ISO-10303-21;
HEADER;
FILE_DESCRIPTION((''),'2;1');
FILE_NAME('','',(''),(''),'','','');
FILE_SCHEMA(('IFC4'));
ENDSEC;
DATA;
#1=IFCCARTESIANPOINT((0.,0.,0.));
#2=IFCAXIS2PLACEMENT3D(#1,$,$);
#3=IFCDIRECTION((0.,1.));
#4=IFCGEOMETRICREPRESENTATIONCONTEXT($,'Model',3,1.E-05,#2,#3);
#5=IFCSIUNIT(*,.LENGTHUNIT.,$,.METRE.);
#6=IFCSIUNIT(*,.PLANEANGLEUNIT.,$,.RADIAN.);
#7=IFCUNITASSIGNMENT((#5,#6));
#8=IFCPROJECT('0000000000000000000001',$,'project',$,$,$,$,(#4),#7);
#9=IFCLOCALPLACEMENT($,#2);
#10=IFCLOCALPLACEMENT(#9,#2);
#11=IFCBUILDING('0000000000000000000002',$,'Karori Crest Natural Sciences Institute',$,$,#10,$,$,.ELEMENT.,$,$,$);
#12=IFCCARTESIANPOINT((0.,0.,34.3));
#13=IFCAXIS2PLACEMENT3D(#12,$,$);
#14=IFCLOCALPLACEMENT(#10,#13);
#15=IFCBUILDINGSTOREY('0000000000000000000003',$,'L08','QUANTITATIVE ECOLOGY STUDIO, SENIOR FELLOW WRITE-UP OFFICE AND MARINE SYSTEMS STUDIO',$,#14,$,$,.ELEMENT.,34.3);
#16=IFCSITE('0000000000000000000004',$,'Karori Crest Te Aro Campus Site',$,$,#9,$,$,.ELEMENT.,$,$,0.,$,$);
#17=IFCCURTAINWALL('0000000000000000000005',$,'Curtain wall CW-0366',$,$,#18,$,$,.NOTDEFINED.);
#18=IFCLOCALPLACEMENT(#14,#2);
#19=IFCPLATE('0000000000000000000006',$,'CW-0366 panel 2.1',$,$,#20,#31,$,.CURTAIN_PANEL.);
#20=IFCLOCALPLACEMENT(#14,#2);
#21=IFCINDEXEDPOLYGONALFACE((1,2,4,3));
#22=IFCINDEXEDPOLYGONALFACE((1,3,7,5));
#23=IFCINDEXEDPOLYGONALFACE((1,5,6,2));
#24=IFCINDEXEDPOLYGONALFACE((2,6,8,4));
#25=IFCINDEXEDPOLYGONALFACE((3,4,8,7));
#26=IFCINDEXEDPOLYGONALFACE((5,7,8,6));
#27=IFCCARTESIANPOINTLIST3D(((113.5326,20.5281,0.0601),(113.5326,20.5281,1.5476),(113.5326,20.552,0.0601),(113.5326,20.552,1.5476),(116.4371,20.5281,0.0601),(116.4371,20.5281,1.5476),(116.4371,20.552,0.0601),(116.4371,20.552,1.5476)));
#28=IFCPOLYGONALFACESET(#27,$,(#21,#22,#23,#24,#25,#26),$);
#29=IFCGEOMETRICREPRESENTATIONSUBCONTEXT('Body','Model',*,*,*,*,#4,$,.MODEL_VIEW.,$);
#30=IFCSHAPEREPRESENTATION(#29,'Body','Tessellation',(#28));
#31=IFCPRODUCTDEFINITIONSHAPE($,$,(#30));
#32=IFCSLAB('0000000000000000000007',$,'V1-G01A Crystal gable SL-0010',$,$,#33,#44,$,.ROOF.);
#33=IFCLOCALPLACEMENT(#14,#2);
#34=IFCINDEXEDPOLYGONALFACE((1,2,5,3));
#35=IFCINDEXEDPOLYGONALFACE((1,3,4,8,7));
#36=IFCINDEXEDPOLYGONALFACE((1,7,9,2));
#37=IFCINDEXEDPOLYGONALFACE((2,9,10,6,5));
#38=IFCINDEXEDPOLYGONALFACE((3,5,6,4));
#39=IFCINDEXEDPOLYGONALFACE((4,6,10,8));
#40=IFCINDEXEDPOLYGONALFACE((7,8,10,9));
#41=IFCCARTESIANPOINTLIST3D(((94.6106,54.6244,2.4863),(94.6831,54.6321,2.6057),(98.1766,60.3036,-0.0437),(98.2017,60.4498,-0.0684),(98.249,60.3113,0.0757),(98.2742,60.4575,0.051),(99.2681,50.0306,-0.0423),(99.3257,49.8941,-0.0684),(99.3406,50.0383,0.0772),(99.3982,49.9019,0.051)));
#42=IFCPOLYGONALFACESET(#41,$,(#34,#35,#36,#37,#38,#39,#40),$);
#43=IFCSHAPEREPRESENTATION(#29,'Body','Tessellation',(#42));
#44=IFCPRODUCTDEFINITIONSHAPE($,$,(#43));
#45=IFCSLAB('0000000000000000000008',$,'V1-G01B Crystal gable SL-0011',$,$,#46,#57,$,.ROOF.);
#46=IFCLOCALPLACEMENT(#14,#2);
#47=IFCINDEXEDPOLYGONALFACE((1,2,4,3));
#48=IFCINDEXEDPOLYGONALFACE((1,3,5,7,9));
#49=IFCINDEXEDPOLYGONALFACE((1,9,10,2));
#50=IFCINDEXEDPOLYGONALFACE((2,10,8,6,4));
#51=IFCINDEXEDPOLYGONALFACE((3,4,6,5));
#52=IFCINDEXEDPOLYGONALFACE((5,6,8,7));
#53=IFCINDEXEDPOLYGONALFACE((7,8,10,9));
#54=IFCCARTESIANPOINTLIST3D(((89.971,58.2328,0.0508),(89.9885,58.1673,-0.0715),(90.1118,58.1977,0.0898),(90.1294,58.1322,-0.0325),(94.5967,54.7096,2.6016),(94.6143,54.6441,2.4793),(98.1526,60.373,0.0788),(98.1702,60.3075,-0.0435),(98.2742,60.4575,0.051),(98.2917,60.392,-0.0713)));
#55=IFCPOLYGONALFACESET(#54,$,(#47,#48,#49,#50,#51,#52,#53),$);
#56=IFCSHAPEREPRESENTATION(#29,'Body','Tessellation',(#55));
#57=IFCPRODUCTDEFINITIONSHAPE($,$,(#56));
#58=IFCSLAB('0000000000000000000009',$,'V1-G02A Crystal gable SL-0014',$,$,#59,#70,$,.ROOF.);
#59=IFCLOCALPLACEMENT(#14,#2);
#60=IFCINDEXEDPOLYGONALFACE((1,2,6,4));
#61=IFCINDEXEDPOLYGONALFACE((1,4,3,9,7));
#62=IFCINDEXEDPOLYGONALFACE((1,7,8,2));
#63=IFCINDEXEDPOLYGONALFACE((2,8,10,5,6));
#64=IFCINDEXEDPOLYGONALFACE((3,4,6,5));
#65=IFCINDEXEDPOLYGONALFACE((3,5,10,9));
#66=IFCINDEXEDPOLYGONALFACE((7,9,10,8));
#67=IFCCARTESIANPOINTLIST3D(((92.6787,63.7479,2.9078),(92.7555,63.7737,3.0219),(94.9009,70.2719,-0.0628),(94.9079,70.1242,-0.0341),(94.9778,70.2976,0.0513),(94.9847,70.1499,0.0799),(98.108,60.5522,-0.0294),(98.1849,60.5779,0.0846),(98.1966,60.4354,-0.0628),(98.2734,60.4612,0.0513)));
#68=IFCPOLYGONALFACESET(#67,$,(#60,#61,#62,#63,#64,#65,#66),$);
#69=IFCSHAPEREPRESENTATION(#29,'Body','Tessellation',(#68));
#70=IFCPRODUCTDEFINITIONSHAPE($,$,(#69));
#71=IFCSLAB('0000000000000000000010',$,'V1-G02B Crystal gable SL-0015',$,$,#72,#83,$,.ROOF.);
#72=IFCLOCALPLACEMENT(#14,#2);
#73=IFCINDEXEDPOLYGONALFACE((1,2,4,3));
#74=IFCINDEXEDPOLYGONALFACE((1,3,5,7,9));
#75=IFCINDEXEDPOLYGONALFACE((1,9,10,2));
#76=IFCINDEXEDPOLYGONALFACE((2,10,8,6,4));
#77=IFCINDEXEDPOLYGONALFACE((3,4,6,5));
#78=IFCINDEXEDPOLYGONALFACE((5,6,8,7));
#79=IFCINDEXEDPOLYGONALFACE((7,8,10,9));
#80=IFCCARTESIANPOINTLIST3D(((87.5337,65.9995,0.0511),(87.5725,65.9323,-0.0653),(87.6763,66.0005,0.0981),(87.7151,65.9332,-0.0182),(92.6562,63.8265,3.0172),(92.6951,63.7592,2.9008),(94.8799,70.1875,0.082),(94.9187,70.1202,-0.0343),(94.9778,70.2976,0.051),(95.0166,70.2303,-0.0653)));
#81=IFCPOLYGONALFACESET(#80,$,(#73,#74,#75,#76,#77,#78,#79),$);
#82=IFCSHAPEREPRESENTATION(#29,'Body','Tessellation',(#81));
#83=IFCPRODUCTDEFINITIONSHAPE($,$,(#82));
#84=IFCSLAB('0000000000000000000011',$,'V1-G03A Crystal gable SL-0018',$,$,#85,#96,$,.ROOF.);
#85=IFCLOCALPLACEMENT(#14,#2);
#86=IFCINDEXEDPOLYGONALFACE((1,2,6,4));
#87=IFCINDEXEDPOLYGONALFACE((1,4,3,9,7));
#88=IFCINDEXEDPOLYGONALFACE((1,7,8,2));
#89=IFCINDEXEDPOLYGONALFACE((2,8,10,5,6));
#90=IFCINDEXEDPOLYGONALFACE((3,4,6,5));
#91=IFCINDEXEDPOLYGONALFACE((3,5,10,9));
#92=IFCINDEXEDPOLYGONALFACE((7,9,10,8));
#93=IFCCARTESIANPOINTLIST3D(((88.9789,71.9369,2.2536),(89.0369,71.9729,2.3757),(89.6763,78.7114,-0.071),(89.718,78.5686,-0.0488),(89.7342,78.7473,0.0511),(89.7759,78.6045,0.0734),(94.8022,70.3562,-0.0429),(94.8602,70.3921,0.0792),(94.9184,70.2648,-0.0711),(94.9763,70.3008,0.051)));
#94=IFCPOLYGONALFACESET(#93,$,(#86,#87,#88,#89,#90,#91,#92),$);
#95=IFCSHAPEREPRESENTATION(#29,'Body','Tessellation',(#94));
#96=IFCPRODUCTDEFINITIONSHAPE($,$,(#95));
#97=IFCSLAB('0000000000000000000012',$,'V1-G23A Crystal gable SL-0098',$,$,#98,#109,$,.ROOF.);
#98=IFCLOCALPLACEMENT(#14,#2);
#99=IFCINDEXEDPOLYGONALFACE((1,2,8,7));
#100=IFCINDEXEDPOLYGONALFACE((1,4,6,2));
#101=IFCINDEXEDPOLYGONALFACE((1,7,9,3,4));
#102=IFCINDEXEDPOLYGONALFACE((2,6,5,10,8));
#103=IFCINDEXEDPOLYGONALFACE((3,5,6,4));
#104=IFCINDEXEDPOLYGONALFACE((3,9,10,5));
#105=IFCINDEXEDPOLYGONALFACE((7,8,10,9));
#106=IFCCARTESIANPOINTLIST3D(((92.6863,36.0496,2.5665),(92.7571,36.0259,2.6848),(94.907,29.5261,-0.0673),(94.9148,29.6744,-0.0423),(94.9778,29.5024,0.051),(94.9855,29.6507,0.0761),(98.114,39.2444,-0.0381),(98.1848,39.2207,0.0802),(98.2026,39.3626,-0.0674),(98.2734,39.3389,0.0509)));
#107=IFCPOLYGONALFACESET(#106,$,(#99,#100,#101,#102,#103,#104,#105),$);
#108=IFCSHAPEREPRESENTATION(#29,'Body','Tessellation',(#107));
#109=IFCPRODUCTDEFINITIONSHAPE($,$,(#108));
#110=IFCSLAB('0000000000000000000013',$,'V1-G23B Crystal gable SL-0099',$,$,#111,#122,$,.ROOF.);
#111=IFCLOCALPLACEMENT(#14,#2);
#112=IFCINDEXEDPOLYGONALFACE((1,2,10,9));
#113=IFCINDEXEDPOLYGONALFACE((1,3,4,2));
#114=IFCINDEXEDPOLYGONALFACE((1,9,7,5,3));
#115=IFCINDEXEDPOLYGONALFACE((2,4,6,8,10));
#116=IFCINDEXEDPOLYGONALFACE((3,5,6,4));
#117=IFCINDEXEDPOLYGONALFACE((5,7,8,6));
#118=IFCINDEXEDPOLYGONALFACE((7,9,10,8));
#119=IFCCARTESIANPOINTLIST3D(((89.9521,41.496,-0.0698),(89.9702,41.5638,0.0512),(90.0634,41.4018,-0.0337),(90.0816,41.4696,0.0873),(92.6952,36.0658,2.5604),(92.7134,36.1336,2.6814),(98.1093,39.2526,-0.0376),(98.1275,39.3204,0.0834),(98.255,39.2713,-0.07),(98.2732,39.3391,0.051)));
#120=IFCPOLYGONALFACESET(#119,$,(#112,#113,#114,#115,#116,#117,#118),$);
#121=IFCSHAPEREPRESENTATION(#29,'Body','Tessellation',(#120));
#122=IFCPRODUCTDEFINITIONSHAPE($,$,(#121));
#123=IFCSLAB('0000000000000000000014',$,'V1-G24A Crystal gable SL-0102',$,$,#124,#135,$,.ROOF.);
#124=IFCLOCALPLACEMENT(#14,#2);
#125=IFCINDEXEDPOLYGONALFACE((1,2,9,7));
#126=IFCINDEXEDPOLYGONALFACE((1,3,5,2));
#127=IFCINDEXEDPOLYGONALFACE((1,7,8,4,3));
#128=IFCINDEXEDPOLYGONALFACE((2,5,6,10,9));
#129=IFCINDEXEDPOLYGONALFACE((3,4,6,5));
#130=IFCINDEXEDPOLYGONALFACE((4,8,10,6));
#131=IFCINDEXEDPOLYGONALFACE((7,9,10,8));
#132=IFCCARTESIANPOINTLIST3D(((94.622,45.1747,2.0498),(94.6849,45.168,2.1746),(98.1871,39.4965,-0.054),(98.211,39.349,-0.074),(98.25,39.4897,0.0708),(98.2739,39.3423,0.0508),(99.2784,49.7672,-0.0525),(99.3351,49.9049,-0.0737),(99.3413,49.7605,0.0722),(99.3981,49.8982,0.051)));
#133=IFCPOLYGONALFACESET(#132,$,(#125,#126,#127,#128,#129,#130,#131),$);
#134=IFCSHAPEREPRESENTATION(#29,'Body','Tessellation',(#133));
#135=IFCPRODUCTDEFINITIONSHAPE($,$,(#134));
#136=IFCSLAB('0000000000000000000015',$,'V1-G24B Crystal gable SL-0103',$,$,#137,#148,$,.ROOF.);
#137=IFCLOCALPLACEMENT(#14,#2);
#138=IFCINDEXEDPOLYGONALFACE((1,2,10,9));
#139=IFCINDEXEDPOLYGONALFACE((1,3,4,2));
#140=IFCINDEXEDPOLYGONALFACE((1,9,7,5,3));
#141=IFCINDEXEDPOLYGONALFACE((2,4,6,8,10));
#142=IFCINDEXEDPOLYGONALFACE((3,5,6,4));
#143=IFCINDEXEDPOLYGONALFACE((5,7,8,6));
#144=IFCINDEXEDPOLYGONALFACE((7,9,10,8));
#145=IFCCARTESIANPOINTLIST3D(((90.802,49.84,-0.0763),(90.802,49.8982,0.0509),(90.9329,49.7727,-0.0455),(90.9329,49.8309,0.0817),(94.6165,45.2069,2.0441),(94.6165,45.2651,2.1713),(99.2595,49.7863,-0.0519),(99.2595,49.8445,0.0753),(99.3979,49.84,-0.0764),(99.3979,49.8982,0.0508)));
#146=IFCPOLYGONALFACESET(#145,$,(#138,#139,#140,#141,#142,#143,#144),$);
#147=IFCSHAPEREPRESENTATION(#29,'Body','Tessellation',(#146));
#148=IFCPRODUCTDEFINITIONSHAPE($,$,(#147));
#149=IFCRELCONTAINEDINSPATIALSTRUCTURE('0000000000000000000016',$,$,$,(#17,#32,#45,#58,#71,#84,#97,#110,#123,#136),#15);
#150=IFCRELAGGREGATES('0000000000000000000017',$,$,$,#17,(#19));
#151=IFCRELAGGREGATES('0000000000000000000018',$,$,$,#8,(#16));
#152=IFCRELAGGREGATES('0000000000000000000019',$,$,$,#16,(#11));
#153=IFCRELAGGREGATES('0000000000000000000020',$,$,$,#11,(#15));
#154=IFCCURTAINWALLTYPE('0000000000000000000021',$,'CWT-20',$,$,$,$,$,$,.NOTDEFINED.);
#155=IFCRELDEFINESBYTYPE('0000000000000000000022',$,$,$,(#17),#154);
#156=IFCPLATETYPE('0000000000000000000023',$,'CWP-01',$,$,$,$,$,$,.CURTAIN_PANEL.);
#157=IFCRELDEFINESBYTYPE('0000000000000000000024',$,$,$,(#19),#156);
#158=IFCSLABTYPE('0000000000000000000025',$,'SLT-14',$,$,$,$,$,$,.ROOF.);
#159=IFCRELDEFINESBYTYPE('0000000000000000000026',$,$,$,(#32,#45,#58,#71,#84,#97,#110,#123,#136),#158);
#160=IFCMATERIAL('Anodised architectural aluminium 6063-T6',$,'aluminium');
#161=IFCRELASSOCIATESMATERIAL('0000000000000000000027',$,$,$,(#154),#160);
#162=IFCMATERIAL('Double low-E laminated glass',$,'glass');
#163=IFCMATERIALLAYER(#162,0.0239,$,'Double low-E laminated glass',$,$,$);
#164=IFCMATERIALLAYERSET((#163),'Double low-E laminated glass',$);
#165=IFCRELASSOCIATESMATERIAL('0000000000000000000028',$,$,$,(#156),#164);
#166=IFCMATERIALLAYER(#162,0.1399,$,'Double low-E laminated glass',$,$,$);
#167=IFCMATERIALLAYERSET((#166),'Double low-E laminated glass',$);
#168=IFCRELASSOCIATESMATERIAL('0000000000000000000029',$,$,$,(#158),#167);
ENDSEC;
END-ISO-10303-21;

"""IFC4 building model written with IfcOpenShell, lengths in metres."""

from ifc_helpers import new_model, si_unit, direction, frame, origin, origin_2d, place, context, subcontext, project, spatial, polyline, rectangle, outline, extrude, material, layer, layer_set, type_object, element, aggregate, save


model = new_model("IFC4")

# Units and contexts
model_context = context("Model", 3, precision=1e-05, world=origin(), true_north=direction((0.0, 1.0)))
body_context = subcontext(model_context, "Body", "Model", "MODEL_VIEW")
ifc_project = project(units=[si_unit("LENGTHUNIT", "METRE"), si_unit("PLANEANGLEUNIT", "RADIAN")], contexts=[model_context])

# Site, building, storey
site_placement = place(None, origin())
site = spatial("IfcSite", under=ifc_project, at=site_placement, Name="Karori Crest Te Aro Campus Site", CompositionType="ELEMENT", RefElevation=0.0)
building_placement = place(site_placement, origin())
building = spatial("IfcBuilding", under=site, at=building_placement, Name="Karori Crest Natural Sciences Institute", CompositionType="ELEMENT")
storey_placement = place(building_placement, frame((0.0, 0.0, 34.3)))
storey = spatial("IfcBuildingStorey", under=building, at=storey_placement, Name="L08", Description="QUANTITATIVE ECOLOGY STUDIO, SENIOR FELLOW WRITE-UP OFFICE AND MARINE SYSTEMS STUDIO", CompositionType="ELEMENT", Elevation=34.3)

# Curtain wall
ifc_material_1 = material(Name="Anodised architectural aluminium 6063-T6", Category="aluminium")
curtain_wall_type = type_object("IfcCurtainWallType", Name="CWT-20", PredefinedType="NOTDEFINED", material=ifc_material_1)
curtain_wall_placement = place(storey_placement, origin())
curtain_wall = element("IfcCurtainWall", 1, at=curtain_wall_placement, inside=storey, type_object=curtain_wall_type, Name="Curtain wall CW-0366", PredefinedType="NOTDEFINED")

# Plate
ifc_material_2 = material(Name="Double low-E laminated glass", Category="glass")
ifc_layer_1 = layer(ifc_material_2, 0.0239, Name="Double low-E laminated glass")
ifc_layer_set_1 = layer_set([ifc_layer_1], Name="Double low-E laminated glass")
plate_type = type_object("IfcPlateType", Name="CWP-01", PredefinedType="CURTAIN_PANEL", material=ifc_layer_set_1)
plate_placement = place(storey_placement, frame((114.9849, 20.54, 0.0601), z_axis=(0.0, 0.0, 1.0), x_axis=(1.0, 0.0, 0.0)))
plate = element("IfcPlate", 2, at=plate_placement, type_object=plate_type, Name="CW-0366 panel 2.1", PredefinedType="CURTAIN_PANEL", context=body_context, shape_type="SweptSolid", body=[
    extrude(rectangle(XDim=2.9045, YDim=0.0239, at=origin_2d()), origin(), (0.0, 0.0, 1.0), 1.4875),
])
aggregate(curtain_wall, [plate])

# Slabs
ifc_layer_2 = layer(ifc_material_2, 0.1399, Name="Double low-E laminated glass")
ifc_layer_set_2 = layer_set([ifc_layer_2], Name="Double low-E laminated glass")
slab_type = type_object("IfcSlabType", Name="SLT-14", PredefinedType="ROOF", material=ifc_layer_set_2)
slab_1_placement = place(storey_placement, frame((99.3982, 49.9019, 0.051), z_axis=(0.517854, 0.055146, 0.85369), x_axis=(-0.105888, 0.994378, -0.000002)))
element("IfcSlab", 3, at=slab_1_placement, inside=storey, type_object=slab_type, Name="V1-G01A Crystal gable SL-0010", PredefinedType="ROOF", context=body_context, shape_type="SweptSolid", body=[
    extrude(outline(polyline([(0.0, 0.0), (10.6153, 0.0), (10.4726, 0.0474), (5.2029, 4.9054), (0.1418, 0.0502), (0.0, 0.0)])), origin(), (0.0, 0.0, -1.0), 0.1399),
])
slab_2_placement = place(storey_placement, frame((98.2742, 60.4575, 0.051), z_axis=(-0.125519, 0.468389, 0.874561), x_axis=(-0.965929, -0.258806, -0.000024)))
element("IfcSlab", 4, at=slab_2_placement, inside=storey, type_object=slab_type, Name="V1-G01B Crystal gable SL-0011", PredefinedType="ROOF", context=body_context, shape_type="SweptSolid", body=[
    extrude(outline(polyline([(0.0, 0.0), (8.5961, 0.0), (8.4691, 0.0804), (5.0397, 5.2601), (0.1393, 0.0573), (0.0, 0.0)])), origin(), (0.0, 0.0, -1.0), 0.1399),
])
slab_3_placement = place(storey_placement, frame((98.2734, 60.4612, 0.0513), z_axis=(0.549298, 0.184041, 0.815108), x_axis=(-0.317689, 0.948195, -0.000001)))
element("IfcSlab", 5, at=slab_3_placement, inside=storey, type_object=slab_type, Name="V1-G02A Crystal gable SL-0014", PredefinedType="ROOF", context=body_context, shape_type="SweptSolid", body=[
    extrude(outline(polyline([(0.0, 0.0), (10.3738, 0.0), (10.2316, 0.0495), (4.8938, 5.1278), (0.1388, 0.0575), (0.0, 0.0)])), origin(), (0.0, 0.0, -1.0), 0.1399),
])
slab_4_placement = place(storey_placement, frame((94.9778, 70.2976, 0.051), z_axis=(-0.27761, 0.480819, 0.831712), x_axis=(-0.866015, -0.500019, 0.000005)))
element("IfcSlab", 6, at=slab_4_placement, inside=storey, type_object=slab_type, Name="V1-G02B Crystal gable SL-0015", PredefinedType="ROOF", context=body_context, shape_type="SweptSolid", body=[
    extrude(outline(polyline([(0.0, 0.0), (8.5958, 0.0), (8.4719, 0.0848), (5.2462, 5.3423), (0.1398, 0.0558), (0.0, 0.0)])), origin(), (0.0, 0.0, -1.0), 0.1399),
])
slab_5_placement = place(storey_placement, frame((94.9763, 70.3008, 0.051), z_axis=(0.414116, 0.256999, 0.873189), x_axis=(-0.527322, 0.849665, 0.000011)))
element("IfcSlab", 7, at=slab_5_placement, inside=storey, type_object=slab_type, Name="V1-G03A Crystal gable SL-0018", PredefinedType="ROOF", context=body_context, shape_type="SweptSolid", body=[
    extrude(outline(polyline([(0.0, 0.0), (9.941, 0.0), (9.7977, 0.0456), (4.5528, 4.7697), (0.1389, 0.0579), (0.0, 0.0)])), origin(), (0.0, 0.0, -1.0), 0.1399),
])
slab_6_placement = place(storey_placement, frame((94.9778, 29.5024, 0.051), z_axis=(0.505656, -0.169405, 0.845939), x_axis=(0.317683, 0.948197, -0.00001)))
element("IfcSlab", 8, at=slab_6_placement, inside=storey, type_object=slab_type, Name="V1-G23A Crystal gable SL-0098", PredefinedType="ROOF", context=body_context, shape_type="SweptSolid", body=[
    extrude(outline(polyline([(0.0, 0.0), (10.3738, 0.0), (10.2336, 0.055), (5.48, 4.9389), (0.143, 0.047), (0.0, 0.0)])), origin(), (0.0, 0.0, -1.0), 0.1399),
])
slab_7_placement = place(storey_placement, frame((98.2732, 39.3391, 0.051), z_axis=(0.129863, 0.484599, 0.865043), x_axis=(-0.965928, 0.258812, 0.00002)))
element("IfcSlab", 9, at=slab_7_placement, inside=storey, type_object=slab_type, Name="V1-G23B Crystal gable SL-0099", PredefinedType="ROOF", context=body_context, shape_type="SweptSolid", body=[
    extrude(outline(polyline([(0.0, 0.0), (8.5958, 0.0), (8.4639, 0.0719), (4.5408, 5.2428), (0.1359, 0.0645), (0.0, 0.0)])), origin(), (0.0, 0.0, -1.0), 0.1399),
])
slab_8_placement = place(storey_placement, frame((98.2739, 39.3423, 0.0508), z_axis=(0.449911, -0.047932, 0.891786), x_axis=(0.105895, 0.994377, 0.000021)))
element("IfcSlab", 10, at=slab_8_placement, inside=storey, type_object=slab_type, Name="V1-G24A Crystal gable SL-0102", PredefinedType="ROOF", context=body_context, shape_type="SweptSolid", body=[
    extrude(outline(polyline([(0.0, 0.0), (10.6156, 0.0), (10.4727, 0.0469), (5.4129, 4.6936), (0.1441, 0.0442), (0.0, 0.0)])), origin(), (0.0, 0.0, -1.0), 0.1399),
])
slab_9_placement = place(storey_placement, frame((99.3979, 49.8982, 0.0508), z_axis=(0.00001, 0.416166, 0.909289), x_axis=(-1.0, 0.000004, 0.000009)))
element("IfcSlab", 11, at=slab_9_placement, inside=storey, type_object=slab_type, Name="V1-G24B Crystal gable SL-0103", PredefinedType="ROOF", context=body_context, shape_type="SweptSolid", body=[
    extrude(outline(polyline([(0.0, 0.0), (8.5959, 0.0), (8.4651, 0.0741), (4.7815, 5.0953), (0.1384, 0.059), (0.0, 0.0)])), origin(), (0.0, 0.0, -1.0), 0.1399),
])

save(model, "model.ifc")
